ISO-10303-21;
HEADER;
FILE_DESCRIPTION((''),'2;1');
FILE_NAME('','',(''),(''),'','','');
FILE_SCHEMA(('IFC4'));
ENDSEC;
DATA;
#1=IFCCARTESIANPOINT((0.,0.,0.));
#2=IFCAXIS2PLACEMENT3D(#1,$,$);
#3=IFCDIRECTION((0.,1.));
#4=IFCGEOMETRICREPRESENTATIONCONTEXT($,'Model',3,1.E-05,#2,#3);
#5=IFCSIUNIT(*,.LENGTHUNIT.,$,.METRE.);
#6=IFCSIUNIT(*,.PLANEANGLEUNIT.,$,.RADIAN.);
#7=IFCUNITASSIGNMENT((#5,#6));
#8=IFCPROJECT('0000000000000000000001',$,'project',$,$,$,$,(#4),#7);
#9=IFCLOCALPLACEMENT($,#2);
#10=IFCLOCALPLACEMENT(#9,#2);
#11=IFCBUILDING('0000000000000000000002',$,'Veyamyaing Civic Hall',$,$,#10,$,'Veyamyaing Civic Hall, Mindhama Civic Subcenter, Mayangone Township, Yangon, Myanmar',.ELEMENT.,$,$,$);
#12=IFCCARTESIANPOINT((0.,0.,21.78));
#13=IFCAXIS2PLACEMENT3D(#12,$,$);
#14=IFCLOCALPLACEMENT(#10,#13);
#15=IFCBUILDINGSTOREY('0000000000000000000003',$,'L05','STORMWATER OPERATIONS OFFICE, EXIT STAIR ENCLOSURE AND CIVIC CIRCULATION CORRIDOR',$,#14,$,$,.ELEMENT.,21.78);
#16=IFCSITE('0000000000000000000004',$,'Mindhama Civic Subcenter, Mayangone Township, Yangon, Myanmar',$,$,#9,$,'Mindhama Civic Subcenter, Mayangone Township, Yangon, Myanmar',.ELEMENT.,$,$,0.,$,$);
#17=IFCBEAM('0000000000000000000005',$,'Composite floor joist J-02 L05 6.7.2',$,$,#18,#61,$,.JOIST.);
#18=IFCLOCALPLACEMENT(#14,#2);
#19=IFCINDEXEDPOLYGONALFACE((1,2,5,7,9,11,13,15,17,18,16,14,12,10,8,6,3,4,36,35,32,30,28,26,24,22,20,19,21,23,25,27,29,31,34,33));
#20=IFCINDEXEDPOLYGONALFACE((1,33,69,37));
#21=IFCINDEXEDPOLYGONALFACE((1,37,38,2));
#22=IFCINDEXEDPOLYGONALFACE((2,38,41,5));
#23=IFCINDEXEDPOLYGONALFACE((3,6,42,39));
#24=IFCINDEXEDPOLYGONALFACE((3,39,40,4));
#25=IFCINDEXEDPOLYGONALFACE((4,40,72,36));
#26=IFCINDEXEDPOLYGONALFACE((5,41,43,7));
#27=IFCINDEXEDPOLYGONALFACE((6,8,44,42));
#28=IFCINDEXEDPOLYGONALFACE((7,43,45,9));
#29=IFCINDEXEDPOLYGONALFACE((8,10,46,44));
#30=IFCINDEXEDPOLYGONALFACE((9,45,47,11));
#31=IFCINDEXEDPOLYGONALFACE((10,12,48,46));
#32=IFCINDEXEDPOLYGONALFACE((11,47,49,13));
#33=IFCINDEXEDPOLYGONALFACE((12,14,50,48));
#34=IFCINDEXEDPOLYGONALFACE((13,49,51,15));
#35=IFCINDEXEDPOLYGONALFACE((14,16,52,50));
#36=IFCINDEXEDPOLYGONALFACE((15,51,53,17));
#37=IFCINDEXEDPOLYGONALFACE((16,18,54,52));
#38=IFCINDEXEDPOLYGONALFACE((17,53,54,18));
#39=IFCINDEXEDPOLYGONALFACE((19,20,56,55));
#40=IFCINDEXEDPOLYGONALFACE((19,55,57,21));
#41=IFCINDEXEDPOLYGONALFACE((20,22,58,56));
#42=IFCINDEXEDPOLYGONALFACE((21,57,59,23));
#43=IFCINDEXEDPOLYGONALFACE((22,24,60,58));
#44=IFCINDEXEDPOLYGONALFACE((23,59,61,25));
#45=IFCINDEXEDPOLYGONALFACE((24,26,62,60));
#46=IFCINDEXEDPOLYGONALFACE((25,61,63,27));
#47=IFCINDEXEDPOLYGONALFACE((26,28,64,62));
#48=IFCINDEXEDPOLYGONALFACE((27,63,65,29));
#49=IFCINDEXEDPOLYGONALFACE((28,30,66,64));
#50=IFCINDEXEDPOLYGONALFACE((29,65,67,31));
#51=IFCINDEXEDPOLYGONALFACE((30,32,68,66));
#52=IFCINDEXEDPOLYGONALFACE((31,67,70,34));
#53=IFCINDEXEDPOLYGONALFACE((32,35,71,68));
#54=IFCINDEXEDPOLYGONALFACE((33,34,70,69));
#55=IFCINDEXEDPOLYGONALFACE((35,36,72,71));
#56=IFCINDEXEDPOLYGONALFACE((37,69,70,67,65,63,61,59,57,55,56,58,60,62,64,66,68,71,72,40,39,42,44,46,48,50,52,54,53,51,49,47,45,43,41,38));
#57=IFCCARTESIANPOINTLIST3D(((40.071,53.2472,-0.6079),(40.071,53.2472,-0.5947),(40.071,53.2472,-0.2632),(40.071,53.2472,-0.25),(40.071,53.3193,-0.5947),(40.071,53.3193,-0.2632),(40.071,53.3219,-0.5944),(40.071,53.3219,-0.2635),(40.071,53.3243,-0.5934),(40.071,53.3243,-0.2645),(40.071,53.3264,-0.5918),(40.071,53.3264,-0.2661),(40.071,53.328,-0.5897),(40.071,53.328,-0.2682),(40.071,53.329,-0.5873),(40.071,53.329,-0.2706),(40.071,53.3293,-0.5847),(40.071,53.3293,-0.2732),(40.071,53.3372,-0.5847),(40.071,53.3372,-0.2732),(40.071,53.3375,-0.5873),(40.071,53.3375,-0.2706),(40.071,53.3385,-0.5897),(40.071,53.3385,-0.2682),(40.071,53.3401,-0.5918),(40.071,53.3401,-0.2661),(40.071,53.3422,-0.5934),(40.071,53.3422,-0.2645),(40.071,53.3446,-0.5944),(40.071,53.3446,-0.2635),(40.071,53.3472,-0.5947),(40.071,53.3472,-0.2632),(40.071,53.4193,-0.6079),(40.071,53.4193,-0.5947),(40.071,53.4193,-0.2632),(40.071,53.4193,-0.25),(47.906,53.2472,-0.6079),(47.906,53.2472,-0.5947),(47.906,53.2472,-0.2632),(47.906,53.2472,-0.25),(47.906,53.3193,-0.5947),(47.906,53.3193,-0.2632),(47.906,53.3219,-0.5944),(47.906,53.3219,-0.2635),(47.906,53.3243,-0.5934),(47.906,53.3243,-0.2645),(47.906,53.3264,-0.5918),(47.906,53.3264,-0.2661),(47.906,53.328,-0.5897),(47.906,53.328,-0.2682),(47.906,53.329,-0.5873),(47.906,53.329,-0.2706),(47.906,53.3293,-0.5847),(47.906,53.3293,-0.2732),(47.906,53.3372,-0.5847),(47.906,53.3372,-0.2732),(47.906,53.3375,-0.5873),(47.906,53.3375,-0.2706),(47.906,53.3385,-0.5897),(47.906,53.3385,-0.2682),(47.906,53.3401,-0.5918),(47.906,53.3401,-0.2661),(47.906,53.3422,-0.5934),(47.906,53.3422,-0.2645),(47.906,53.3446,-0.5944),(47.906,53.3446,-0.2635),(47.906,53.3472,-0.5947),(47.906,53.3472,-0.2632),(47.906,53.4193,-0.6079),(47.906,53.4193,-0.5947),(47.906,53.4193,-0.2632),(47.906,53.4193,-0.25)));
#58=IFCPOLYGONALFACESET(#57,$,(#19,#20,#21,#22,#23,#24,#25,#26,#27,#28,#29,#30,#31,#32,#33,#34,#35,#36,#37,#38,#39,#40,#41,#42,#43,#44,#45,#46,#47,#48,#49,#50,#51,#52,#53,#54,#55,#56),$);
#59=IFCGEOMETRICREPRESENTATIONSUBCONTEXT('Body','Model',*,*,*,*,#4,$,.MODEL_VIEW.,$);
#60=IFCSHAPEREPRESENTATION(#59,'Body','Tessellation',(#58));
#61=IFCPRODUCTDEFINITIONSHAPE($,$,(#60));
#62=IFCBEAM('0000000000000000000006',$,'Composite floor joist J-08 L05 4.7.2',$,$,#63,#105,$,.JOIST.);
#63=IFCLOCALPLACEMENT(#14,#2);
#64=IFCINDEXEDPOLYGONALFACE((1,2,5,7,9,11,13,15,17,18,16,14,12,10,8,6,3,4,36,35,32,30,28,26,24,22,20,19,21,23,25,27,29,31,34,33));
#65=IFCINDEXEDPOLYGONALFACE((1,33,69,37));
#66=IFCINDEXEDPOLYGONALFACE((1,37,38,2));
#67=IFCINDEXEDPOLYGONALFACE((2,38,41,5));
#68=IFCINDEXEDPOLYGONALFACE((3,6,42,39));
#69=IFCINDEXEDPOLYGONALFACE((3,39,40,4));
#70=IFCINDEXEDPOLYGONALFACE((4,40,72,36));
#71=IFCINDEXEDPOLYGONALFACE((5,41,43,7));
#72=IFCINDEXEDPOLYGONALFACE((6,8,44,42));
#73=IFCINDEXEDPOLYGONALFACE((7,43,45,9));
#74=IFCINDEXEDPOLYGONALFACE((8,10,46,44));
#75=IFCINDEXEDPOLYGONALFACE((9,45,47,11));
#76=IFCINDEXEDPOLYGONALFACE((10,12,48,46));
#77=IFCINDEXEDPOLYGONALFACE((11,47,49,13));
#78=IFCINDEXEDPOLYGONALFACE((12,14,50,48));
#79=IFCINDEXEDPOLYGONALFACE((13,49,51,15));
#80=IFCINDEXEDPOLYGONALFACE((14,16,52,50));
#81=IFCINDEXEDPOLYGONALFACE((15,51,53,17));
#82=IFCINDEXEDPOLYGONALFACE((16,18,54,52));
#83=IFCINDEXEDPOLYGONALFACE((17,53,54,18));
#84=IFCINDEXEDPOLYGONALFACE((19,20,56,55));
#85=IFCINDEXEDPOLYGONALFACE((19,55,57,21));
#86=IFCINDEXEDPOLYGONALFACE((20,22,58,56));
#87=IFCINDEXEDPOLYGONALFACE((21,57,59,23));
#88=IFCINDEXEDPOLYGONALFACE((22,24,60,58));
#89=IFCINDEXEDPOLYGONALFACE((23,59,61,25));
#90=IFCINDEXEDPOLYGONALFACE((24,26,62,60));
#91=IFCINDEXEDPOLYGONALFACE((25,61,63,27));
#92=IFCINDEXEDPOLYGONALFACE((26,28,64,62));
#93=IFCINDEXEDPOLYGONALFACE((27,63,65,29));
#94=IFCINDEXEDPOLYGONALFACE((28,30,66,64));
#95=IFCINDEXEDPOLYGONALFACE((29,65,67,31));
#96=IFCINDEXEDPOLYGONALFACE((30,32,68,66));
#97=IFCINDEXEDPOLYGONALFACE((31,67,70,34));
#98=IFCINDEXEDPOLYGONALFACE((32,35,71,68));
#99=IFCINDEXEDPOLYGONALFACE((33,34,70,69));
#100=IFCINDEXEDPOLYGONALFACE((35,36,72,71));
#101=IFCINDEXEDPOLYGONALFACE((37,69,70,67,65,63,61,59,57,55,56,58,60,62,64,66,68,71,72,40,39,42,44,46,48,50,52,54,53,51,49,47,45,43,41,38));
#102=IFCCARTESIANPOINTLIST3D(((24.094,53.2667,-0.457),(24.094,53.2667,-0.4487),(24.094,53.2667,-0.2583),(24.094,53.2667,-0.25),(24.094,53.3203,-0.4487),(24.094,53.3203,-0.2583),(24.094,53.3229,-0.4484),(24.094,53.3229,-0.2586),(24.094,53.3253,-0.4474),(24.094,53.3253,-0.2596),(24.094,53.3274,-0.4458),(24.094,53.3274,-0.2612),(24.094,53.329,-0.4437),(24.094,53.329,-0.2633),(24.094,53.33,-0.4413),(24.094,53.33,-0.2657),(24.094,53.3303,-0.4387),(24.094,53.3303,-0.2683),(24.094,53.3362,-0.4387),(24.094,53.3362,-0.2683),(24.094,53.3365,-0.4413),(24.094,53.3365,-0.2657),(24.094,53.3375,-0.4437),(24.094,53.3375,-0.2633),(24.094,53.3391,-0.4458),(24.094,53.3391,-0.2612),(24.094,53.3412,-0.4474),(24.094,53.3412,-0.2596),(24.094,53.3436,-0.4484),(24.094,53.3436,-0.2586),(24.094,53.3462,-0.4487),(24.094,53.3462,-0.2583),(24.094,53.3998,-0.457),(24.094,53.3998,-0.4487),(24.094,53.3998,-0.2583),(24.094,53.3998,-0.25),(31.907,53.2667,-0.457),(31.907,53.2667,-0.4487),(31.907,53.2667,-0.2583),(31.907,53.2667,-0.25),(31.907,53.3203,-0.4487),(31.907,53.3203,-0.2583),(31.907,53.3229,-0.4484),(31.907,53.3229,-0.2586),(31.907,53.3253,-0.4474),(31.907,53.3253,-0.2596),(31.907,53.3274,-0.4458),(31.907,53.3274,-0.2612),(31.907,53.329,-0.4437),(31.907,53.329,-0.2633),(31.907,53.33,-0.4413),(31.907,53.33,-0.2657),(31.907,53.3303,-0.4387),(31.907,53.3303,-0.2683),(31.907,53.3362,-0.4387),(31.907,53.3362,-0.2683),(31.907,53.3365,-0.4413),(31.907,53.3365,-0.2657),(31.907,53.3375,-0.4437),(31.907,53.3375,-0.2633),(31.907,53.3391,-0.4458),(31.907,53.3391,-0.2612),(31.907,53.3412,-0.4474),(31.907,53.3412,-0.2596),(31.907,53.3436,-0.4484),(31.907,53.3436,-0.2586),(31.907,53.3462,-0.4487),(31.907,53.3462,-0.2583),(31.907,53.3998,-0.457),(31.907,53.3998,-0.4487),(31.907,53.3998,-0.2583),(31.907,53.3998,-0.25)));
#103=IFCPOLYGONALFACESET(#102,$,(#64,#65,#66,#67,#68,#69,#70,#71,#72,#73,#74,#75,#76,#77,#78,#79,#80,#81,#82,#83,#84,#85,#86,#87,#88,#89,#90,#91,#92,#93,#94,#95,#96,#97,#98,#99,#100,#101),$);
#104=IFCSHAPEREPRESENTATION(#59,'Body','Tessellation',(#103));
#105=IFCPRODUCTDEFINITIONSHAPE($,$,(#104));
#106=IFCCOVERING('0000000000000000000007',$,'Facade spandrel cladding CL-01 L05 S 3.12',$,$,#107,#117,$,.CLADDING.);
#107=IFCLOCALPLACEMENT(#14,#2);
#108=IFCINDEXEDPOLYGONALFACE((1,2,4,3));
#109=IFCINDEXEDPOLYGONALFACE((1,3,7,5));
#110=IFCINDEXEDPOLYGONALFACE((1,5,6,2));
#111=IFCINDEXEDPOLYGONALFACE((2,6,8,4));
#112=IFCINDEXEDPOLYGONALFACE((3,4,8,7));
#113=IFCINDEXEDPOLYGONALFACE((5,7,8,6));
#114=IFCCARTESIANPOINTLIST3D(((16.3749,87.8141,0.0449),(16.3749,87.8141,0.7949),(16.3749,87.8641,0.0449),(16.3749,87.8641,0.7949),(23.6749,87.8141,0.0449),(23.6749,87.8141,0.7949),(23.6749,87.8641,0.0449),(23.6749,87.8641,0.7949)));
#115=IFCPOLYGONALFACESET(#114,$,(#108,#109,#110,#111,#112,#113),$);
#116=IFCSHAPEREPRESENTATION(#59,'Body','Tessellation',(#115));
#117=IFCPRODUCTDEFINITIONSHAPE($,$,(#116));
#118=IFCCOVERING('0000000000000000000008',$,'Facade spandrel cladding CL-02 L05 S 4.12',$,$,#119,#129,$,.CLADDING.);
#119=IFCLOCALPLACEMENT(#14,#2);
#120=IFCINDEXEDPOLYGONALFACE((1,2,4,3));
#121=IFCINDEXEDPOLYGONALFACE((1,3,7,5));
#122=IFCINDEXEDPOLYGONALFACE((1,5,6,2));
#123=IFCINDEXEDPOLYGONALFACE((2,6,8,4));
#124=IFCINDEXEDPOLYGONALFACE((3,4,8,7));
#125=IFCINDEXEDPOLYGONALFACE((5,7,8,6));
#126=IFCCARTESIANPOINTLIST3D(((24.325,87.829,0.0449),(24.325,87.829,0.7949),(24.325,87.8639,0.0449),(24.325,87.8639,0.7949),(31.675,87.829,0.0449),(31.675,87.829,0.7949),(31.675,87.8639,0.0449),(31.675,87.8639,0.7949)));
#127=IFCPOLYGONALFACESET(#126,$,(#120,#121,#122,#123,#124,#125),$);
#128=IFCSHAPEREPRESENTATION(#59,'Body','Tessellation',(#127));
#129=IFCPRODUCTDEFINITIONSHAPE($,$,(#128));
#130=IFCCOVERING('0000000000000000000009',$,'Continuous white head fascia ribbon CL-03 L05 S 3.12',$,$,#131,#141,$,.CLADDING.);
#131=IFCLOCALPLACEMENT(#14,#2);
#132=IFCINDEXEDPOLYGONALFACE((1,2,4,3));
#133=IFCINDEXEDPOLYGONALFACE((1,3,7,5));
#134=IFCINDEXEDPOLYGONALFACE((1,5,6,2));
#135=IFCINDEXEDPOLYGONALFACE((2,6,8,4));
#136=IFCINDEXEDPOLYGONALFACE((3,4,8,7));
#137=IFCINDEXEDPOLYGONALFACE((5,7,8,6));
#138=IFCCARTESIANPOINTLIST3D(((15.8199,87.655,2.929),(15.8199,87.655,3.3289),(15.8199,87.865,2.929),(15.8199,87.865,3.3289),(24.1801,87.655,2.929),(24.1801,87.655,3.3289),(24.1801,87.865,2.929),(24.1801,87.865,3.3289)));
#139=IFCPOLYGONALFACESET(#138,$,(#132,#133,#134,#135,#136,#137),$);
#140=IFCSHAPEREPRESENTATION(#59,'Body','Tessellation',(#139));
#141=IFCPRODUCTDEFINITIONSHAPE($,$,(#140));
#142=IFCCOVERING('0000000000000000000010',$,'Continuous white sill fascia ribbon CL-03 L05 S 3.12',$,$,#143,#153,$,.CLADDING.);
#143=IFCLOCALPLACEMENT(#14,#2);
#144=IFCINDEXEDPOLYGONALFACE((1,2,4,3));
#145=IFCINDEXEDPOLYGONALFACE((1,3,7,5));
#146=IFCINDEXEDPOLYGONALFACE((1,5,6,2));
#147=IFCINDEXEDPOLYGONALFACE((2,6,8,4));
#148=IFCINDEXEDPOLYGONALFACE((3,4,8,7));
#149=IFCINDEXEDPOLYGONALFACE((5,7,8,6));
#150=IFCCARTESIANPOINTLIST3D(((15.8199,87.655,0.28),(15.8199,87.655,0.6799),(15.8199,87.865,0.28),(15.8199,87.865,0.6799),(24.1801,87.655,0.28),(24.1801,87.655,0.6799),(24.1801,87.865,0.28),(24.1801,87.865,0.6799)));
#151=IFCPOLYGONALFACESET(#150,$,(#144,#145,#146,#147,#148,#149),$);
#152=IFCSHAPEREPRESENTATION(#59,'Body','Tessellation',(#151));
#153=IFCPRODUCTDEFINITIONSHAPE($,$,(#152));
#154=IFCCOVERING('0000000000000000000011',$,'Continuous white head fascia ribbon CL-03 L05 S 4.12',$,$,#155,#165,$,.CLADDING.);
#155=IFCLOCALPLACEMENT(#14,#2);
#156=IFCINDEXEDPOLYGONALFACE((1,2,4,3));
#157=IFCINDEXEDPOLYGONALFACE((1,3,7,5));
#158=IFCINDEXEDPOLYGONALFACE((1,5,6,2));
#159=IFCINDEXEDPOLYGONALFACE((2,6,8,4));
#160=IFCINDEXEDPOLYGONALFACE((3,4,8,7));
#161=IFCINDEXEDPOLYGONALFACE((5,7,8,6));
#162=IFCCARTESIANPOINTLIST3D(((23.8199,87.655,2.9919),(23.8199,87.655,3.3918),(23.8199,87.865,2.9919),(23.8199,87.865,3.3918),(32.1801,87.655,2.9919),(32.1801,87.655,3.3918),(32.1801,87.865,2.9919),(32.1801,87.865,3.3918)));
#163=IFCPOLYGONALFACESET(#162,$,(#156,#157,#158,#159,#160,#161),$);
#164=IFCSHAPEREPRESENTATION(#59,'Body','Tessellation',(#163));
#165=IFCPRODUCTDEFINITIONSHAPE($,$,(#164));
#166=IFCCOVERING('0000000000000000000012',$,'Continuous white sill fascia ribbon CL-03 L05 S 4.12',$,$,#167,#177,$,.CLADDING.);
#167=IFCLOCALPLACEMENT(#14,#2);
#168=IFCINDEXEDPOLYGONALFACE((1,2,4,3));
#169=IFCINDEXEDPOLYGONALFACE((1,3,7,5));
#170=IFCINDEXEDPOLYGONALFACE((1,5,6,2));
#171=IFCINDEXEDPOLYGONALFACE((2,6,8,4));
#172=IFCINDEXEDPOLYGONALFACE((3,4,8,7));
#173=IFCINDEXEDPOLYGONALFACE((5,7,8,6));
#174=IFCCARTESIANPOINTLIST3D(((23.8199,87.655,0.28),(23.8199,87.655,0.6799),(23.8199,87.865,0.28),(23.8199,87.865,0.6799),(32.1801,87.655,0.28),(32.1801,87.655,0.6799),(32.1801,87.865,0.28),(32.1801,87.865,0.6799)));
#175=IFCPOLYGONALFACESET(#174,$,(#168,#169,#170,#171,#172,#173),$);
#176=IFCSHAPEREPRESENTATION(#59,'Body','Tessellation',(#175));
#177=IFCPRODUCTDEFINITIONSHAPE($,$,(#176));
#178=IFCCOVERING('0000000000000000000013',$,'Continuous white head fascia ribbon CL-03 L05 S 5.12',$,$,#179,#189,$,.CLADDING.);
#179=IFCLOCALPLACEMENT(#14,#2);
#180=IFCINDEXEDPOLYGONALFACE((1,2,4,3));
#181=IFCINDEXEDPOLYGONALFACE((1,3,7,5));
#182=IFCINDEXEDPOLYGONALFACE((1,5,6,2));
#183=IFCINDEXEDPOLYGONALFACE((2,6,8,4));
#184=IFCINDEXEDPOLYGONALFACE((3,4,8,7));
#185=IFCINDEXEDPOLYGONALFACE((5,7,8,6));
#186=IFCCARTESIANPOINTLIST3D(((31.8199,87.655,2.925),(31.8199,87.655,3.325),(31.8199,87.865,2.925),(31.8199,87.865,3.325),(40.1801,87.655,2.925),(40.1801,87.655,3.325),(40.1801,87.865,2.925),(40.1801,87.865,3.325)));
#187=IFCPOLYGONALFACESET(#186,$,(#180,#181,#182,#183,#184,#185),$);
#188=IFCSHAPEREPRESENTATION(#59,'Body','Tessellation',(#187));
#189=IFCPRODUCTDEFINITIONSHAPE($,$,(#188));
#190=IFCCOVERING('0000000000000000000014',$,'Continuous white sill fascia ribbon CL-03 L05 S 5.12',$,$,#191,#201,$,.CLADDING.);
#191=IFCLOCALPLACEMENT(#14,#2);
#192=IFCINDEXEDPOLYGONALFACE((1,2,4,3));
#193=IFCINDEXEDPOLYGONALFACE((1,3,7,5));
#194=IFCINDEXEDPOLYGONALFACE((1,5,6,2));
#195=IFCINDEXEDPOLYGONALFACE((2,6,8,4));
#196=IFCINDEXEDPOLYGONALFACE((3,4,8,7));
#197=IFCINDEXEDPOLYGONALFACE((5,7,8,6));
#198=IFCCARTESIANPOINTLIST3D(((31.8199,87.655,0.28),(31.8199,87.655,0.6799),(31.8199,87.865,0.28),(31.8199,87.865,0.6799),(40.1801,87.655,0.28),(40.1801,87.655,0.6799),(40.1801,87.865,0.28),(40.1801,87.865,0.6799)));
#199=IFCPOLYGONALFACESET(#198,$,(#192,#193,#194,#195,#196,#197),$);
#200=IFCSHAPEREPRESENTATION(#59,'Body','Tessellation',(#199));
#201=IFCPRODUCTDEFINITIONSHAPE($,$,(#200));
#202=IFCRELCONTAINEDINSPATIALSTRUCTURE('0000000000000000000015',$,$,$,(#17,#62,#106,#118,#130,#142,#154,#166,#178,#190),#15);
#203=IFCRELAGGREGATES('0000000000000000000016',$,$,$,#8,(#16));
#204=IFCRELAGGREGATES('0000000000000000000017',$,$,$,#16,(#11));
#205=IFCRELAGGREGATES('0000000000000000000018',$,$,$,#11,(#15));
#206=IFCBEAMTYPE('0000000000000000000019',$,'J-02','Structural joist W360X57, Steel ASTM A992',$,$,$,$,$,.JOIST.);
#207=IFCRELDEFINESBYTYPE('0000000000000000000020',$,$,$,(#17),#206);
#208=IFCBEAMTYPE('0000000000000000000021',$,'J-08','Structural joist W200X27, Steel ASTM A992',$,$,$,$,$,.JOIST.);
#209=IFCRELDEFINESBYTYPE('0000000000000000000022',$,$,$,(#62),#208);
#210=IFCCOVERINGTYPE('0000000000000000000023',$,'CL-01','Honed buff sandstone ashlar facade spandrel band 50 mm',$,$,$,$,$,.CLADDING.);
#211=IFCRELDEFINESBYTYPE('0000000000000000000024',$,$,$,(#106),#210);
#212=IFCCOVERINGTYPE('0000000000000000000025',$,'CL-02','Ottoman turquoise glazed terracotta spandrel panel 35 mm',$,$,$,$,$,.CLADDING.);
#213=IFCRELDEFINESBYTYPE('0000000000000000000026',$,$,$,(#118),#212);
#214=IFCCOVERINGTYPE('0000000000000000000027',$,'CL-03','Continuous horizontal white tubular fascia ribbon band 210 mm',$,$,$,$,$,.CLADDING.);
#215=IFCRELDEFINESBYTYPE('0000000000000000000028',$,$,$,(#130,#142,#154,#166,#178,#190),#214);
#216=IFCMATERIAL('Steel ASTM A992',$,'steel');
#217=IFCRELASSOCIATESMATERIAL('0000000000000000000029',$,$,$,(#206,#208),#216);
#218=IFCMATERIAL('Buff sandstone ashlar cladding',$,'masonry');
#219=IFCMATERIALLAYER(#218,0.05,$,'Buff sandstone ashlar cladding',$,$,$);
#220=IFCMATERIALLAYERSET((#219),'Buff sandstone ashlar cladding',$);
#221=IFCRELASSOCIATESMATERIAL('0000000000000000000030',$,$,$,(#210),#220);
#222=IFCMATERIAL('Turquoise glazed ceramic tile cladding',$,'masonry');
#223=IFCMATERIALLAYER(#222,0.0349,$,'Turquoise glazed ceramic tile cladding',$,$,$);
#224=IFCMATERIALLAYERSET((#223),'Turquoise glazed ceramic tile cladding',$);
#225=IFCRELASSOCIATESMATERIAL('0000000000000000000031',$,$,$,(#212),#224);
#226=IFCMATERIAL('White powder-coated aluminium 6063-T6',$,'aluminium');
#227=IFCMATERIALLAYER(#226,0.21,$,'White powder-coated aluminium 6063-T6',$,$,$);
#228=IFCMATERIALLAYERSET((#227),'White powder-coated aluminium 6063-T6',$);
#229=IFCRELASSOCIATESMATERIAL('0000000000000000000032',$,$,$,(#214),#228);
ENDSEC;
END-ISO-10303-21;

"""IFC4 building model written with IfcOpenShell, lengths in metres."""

from ifc_helpers import new_model, si_unit, direction, frame, origin, origin_2d, place, context, subcontext, project, spatial, rectangle, i_section, extrude, material, layer, layer_set, material_profile, profile_set, type_object, element, save


model = new_model("IFC4")

# Units and contexts
model_context = context("Model", 3, precision=1e-05, world=origin(), true_north=direction((0.0, 1.0)))
body_context = subcontext(model_context, "Body", "Model", "MODEL_VIEW")
ifc_project = project(units=[si_unit("LENGTHUNIT", "METRE"), si_unit("PLANEANGLEUNIT", "RADIAN")], contexts=[model_context])

# Site, building, storey
site_placement = place(None, origin())
site = spatial("IfcSite", under=ifc_project, at=site_placement, Name="Mindhama Civic Subcenter, Mayangone Township, Yangon, Myanmar", LongName="Mindhama Civic Subcenter, Mayangone Township, Yangon, Myanmar", CompositionType="ELEMENT", RefElevation=0.0)
building_placement = place(site_placement, origin())
building = spatial("IfcBuilding", under=site, at=building_placement, Name="Veyamyaing Civic Hall", LongName="Veyamyaing Civic Hall, Mindhama Civic Subcenter, Mayangone Township, Yangon, Myanmar", CompositionType="ELEMENT")
storey_placement = place(building_placement, frame((0.0, 0.0, 21.78)))
storey = spatial("IfcBuildingStorey", under=building, at=storey_placement, Name="L05", Description="STORMWATER OPERATIONS OFFICE, EXIT STAIR ENCLOSURE AND CIVIC CIRCULATION CORRIDOR", CompositionType="ELEMENT", Elevation=21.78)

# Beams
ifc_material_1 = material(Name="Steel ASTM A992", Category="steel")
ifc_material_profile_1 = material_profile(ifc_material_1, i_section(OverallWidth=0.1721, OverallDepth=0.3579, WebThickness=0.0078, FlangeThickness=0.0132, FilletRadius=0.01, at=origin_2d()), Name="W360X57")
ifc_profile_set_1 = profile_set([ifc_material_profile_1], Name="Steel ASTM A992")
beam_type_1 = type_object("IfcBeamType", Name="J-02", Description="Structural joist W360X57, Steel ASTM A992", PredefinedType="JOIST", material=ifc_profile_set_1)
beam_1_placement = place(storey_placement, frame((40.071, 53.3333, -0.429), z_axis=(1.0, 0.0, 0.0), x_axis=(0.0, 1.0, 0.0)))
element("IfcBeam", 1, at=beam_1_placement, inside=storey, type_object=beam_type_1, Name="Composite floor joist J-02 L05 6.7.2", PredefinedType="JOIST", context=body_context, shape_type="SweptSolid", body=[
    extrude(i_section(OverallWidth=0.1721, OverallDepth=0.3579, WebThickness=0.0078, FlangeThickness=0.0132, FilletRadius=0.01, at=origin_2d()), origin(), (0.0, 0.0, 1.0), 7.835),
])
ifc_material_profile_2 = material_profile(ifc_material_1, i_section(OverallWidth=0.1331, OverallDepth=0.207, WebThickness=0.0059, FlangeThickness=0.0083, FilletRadius=0.01, at=origin_2d()), Name="W200X27")
ifc_profile_set_2 = profile_set([ifc_material_profile_2], Name="Steel ASTM A992")
beam_type_2 = type_object("IfcBeamType", Name="J-08", Description="Structural joist W200X27, Steel ASTM A992", PredefinedType="JOIST", material=ifc_profile_set_2)
beam_2_placement = place(storey_placement, frame((24.094, 53.3333, -0.3535), z_axis=(1.0, 0.0, 0.0), x_axis=(0.0, 1.0, 0.0)))
element("IfcBeam", 2, at=beam_2_placement, inside=storey, type_object=beam_type_2, Name="Composite floor joist J-08 L05 4.7.2", PredefinedType="JOIST", context=body_context, shape_type="SweptSolid", body=[
    extrude(i_section(OverallWidth=0.1331, OverallDepth=0.207, WebThickness=0.0059, FlangeThickness=0.0083, FilletRadius=0.01, at=origin_2d()), origin(), (0.0, 0.0, 1.0), 7.813),
])

# Coverings
ifc_material_2 = material(Name="Buff sandstone ashlar cladding", Category="masonry")
ifc_layer_1 = layer(ifc_material_2, 0.05, Name="Buff sandstone ashlar cladding")
ifc_layer_set_1 = layer_set([ifc_layer_1], Name="Buff sandstone ashlar cladding")
covering_type_1 = type_object("IfcCoveringType", Name="CL-01", Description="Honed buff sandstone ashlar facade spandrel band 50 mm", PredefinedType="CLADDING", material=ifc_layer_set_1)
covering_1_placement = place(storey_placement, frame((20.0249, 87.8391, 0.0449), z_axis=(0.0, 0.0, 1.0), x_axis=(1.0, 0.0, 0.0)))
element("IfcCovering", 3, at=covering_1_placement, inside=storey, type_object=covering_type_1, Name="Facade spandrel cladding CL-01 L05 S 3.12", PredefinedType="CLADDING", context=body_context, shape_type="SweptSolid", body=[
    extrude(rectangle(XDim=7.3, YDim=0.05, at=origin_2d()), origin(), (0.0, 0.0, 1.0), 0.75),
])
ifc_material_3 = material(Name="Turquoise glazed ceramic tile cladding", Category="masonry")
ifc_layer_2 = layer(ifc_material_3, 0.0349, Name="Turquoise glazed ceramic tile cladding")
ifc_layer_set_2 = layer_set([ifc_layer_2], Name="Turquoise glazed ceramic tile cladding")
covering_type_2 = type_object("IfcCoveringType", Name="CL-02", Description="Ottoman turquoise glazed terracotta spandrel panel 35 mm", PredefinedType="CLADDING", material=ifc_layer_set_2)
covering_2_placement = place(storey_placement, frame((28.0, 87.8464, 0.0449), z_axis=(0.0, 0.0, 1.0), x_axis=(1.0, 0.0, 0.0)))
element("IfcCovering", 4, at=covering_2_placement, inside=storey, type_object=covering_type_2, Name="Facade spandrel cladding CL-02 L05 S 4.12", PredefinedType="CLADDING", context=body_context, shape_type="SweptSolid", body=[
    extrude(rectangle(XDim=7.3501, YDim=0.0349, at=origin_2d()), origin(), (0.0, 0.0, 1.0), 0.75),
])
ifc_material_4 = material(Name="White powder-coated aluminium 6063-T6", Category="aluminium")
ifc_layer_3 = layer(ifc_material_4, 0.21, Name="White powder-coated aluminium 6063-T6")
ifc_layer_set_3 = layer_set([ifc_layer_3], Name="White powder-coated aluminium 6063-T6")
covering_type_3 = type_object("IfcCoveringType", Name="CL-03", Description="Continuous horizontal white tubular fascia ribbon band 210 mm", PredefinedType="CLADDING", material=ifc_layer_set_3)
for number, where, z_axis, x_axis, name in (
    (5, (20.0, 87.76, 2.929), (0.0, 0.0, 1.0), (1.0, 0.0, 0.0), "Continuous white head fascia ribbon CL-03 L05 S 3.12"),
    (6, (20.0, 87.76, 0.28), (0.0, 0.0, 1.0), (1.0, 0.0, 0.0), "Continuous white sill fascia ribbon CL-03 L05 S 3.12"),
    (7, (28.0, 87.76, 2.9919), (0.0, 0.0, 1.0), (1.0, 0.0, 0.0), "Continuous white head fascia ribbon CL-03 L05 S 4.12"),
    (8, (28.0, 87.76, 0.28), (0.0, 0.0, 1.0), (1.0, 0.0, 0.0), "Continuous white sill fascia ribbon CL-03 L05 S 4.12"),
    (9, (36.0, 87.76, 2.925), (0.0, 0.0, 1.0), (1.0, 0.0, 0.0), "Continuous white head fascia ribbon CL-03 L05 S 5.12"),
    (10, (36.0, 87.76, 0.28), (0.0, 0.0, 1.0), (1.0, 0.0, 0.0), "Continuous white sill fascia ribbon CL-03 L05 S 5.12"),
):
    element("IfcCovering", number, at=place(storey_placement, frame(where, z_axis=z_axis, x_axis=x_axis)), inside=storey, type_object=covering_type_3, Name=name, PredefinedType="CLADDING", context=body_context, shape_type="SweptSolid", body=[
        extrude(rectangle(XDim=8.3601, YDim=0.21, at=origin_2d()), origin(), (0.0, 0.0, 1.0), 0.3999),
    ])

save(model, "model.ifc")
